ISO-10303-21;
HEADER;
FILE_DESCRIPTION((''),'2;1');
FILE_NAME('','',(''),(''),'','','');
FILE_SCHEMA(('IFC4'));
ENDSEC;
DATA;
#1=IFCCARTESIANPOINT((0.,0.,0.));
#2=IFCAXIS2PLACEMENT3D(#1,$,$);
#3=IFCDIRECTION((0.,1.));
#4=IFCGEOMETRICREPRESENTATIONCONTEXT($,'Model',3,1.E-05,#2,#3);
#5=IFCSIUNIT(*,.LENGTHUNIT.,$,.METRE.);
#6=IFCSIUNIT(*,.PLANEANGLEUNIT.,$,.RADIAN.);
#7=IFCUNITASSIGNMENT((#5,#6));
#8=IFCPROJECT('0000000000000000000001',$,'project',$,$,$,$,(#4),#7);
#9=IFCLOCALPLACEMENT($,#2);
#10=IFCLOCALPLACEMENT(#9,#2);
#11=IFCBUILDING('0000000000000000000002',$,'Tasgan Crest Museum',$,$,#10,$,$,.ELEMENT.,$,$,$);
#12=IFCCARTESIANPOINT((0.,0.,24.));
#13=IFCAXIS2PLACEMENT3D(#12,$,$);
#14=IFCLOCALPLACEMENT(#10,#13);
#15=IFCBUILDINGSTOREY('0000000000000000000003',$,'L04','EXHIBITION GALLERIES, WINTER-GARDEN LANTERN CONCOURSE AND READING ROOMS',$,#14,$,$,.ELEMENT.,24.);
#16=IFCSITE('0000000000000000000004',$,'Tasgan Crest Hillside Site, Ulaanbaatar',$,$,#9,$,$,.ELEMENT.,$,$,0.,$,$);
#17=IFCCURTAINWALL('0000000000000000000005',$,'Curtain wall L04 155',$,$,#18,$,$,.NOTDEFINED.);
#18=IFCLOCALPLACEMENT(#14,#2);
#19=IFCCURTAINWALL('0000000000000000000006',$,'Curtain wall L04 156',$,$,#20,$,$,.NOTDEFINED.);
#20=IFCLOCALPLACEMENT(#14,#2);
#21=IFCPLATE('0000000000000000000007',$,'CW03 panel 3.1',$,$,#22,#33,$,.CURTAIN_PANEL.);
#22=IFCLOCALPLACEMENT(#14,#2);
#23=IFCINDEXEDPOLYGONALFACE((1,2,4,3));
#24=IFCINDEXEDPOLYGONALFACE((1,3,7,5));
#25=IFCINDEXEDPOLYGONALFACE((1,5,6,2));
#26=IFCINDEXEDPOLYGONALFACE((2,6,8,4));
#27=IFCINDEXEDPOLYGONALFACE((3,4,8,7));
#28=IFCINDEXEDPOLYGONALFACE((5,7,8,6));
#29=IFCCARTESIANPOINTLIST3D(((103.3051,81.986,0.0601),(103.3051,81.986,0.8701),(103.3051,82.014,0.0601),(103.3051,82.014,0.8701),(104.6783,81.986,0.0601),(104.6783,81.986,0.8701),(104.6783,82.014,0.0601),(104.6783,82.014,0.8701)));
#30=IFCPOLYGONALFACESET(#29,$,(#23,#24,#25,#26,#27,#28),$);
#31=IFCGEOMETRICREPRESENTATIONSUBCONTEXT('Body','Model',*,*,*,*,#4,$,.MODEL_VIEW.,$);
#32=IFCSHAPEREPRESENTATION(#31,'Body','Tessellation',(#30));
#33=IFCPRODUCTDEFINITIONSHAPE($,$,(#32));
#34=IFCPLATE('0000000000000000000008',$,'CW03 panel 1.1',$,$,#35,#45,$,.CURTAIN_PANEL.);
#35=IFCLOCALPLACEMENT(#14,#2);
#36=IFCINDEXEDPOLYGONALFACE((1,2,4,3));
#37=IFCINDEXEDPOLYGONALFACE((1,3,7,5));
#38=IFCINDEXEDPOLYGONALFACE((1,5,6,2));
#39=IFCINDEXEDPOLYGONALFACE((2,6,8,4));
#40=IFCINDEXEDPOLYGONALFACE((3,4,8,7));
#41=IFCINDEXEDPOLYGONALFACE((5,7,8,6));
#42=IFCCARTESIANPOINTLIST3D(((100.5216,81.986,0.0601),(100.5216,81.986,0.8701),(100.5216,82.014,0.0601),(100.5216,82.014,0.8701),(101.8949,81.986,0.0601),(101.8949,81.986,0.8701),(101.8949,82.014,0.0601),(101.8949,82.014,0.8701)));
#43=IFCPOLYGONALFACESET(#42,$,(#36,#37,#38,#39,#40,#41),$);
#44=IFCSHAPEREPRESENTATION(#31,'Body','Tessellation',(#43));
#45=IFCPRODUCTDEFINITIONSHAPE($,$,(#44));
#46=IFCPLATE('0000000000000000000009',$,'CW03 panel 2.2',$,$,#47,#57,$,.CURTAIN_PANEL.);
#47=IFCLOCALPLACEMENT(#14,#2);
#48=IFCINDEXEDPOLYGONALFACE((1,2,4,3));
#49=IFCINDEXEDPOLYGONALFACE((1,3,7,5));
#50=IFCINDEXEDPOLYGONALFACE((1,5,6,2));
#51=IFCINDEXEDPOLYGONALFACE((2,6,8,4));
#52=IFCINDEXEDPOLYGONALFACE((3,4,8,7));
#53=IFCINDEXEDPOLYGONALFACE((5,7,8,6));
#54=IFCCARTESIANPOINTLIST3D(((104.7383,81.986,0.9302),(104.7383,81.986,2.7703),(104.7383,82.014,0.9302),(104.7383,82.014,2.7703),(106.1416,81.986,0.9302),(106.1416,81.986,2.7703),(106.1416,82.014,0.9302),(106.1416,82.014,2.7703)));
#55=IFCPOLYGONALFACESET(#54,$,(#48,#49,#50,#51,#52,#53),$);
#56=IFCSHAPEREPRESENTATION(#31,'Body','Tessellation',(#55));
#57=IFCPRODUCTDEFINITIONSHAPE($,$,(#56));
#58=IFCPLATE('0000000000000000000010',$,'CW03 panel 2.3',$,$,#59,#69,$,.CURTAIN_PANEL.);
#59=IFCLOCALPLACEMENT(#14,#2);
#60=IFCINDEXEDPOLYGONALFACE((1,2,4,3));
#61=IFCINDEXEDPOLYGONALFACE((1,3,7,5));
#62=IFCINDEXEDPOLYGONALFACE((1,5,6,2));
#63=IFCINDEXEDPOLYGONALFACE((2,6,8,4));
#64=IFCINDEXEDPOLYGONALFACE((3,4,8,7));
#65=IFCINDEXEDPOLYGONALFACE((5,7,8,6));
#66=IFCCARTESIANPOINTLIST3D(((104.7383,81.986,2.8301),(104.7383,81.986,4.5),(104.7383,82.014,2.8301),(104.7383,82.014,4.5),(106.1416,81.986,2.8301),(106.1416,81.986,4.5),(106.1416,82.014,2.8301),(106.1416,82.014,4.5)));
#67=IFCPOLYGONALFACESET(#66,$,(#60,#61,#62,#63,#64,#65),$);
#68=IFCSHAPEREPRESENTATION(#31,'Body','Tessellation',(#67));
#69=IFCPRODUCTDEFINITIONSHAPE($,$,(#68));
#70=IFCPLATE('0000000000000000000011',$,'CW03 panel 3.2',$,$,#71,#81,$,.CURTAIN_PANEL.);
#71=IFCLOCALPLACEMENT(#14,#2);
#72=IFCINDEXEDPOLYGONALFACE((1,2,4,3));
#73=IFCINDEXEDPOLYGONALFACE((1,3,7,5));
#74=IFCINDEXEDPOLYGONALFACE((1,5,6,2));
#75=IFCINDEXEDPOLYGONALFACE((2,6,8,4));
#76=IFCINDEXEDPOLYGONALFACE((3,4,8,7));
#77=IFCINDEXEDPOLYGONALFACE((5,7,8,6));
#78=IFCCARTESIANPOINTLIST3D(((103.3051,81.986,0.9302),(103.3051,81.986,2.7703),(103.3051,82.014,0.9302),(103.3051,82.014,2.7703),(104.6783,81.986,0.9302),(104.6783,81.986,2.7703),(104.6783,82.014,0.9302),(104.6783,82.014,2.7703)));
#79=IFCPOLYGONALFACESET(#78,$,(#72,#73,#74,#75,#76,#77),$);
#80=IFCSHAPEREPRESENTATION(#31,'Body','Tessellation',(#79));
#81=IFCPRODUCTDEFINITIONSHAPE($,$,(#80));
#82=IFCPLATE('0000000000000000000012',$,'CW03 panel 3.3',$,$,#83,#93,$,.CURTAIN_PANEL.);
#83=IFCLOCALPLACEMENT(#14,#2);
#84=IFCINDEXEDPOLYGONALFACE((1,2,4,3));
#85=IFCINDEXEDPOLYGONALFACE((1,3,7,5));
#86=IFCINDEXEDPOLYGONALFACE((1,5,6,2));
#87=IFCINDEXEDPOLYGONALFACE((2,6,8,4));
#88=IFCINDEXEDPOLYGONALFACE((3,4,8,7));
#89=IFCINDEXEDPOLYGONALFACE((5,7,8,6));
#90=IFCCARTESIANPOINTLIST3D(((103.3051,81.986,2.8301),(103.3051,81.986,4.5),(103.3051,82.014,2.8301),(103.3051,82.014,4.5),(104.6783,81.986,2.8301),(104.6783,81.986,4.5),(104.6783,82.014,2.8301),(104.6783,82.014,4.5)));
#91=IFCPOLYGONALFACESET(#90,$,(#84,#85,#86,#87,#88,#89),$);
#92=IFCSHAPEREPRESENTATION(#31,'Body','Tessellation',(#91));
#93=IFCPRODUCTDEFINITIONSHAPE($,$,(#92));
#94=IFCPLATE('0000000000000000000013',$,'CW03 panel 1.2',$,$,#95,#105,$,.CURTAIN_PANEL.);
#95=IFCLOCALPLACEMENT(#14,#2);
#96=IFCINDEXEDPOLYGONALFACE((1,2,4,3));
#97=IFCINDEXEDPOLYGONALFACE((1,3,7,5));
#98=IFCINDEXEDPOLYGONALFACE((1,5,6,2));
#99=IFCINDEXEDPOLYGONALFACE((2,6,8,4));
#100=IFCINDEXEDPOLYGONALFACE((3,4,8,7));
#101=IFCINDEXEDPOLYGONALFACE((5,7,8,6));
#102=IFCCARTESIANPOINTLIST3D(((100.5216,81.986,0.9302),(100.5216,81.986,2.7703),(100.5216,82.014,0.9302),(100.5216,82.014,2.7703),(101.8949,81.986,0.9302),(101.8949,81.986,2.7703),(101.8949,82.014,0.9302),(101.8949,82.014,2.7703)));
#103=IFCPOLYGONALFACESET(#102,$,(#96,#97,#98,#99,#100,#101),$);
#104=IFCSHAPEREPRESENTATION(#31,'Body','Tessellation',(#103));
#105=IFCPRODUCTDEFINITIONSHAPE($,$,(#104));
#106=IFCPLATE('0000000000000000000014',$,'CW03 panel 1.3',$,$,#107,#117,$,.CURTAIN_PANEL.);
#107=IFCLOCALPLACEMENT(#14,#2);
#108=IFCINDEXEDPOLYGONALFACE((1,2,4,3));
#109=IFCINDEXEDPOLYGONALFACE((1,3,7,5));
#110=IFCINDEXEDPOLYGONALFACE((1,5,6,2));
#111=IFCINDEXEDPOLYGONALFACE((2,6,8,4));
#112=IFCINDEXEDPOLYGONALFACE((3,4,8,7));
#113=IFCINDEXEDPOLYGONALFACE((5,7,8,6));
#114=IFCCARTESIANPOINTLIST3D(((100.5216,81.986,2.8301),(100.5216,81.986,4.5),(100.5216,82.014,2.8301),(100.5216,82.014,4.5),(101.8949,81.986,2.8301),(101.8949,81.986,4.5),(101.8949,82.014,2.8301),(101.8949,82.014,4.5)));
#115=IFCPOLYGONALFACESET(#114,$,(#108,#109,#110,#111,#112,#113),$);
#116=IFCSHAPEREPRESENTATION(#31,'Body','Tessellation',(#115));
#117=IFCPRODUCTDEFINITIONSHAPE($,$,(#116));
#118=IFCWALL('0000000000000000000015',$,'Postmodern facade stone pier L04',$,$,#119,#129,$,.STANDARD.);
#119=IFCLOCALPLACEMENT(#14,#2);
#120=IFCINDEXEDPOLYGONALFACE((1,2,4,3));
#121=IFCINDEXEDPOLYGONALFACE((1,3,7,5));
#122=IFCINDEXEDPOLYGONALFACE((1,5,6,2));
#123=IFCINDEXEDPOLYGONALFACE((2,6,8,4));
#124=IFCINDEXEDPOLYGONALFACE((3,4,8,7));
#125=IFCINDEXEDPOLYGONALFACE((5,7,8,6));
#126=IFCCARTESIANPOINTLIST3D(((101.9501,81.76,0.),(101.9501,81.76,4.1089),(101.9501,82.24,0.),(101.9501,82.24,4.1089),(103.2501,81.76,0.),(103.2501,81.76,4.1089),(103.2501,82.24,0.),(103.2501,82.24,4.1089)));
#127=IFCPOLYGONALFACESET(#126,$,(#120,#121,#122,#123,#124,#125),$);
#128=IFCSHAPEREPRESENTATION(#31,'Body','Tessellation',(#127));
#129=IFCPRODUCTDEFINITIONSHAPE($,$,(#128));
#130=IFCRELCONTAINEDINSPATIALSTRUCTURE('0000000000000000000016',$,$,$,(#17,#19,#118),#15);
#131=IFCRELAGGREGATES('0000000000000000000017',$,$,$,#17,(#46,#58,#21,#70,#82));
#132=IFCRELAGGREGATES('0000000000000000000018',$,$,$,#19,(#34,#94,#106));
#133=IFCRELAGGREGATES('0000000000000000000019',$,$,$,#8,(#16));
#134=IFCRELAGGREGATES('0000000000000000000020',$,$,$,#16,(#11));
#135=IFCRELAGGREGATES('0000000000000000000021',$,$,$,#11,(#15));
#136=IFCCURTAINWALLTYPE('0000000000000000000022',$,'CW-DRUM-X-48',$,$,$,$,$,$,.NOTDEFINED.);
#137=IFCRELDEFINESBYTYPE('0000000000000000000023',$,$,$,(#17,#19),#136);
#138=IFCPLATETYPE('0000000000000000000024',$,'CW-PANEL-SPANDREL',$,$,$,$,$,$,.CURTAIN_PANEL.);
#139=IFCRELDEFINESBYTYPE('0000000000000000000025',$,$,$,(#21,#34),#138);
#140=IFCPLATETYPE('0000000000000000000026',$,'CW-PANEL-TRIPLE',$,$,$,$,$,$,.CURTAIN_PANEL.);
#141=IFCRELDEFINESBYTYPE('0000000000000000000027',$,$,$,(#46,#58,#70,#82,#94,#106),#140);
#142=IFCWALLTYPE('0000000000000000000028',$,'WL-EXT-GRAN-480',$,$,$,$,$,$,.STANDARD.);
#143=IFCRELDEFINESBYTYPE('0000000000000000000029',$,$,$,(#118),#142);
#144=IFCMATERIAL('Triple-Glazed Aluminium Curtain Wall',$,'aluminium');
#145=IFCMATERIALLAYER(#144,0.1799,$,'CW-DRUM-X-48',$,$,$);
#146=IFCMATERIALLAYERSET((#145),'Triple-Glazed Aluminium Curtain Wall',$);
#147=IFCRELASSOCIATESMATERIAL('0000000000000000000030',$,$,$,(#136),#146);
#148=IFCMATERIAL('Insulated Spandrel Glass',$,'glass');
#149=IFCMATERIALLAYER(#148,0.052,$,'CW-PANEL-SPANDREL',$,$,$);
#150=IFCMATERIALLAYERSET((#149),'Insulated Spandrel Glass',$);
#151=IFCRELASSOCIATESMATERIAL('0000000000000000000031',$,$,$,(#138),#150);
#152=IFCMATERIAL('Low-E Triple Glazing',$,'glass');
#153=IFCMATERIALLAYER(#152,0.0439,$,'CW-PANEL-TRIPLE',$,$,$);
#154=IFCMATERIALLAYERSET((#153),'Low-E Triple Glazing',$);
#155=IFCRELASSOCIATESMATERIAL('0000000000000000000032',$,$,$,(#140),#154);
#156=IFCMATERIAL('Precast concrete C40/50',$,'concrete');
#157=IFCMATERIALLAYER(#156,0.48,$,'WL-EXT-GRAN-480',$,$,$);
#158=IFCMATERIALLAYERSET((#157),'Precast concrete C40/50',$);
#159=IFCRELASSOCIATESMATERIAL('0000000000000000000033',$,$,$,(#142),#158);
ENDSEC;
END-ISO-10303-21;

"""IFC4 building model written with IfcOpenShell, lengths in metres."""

from ifc_helpers import new_model, si_unit, direction, frame, frame_2d, origin, origin_2d, place, context, subcontext, project, spatial, rectangle, extrude, material, layer, layer_set, type_object, element, aggregate, save


model = new_model("IFC4")

# Units and contexts
model_context = context("Model", 3, precision=1e-05, world=origin(), true_north=direction((0.0, 1.0)))
body_context = subcontext(model_context, "Body", "Model", "MODEL_VIEW")
ifc_project = project(units=[si_unit("LENGTHUNIT", "METRE"), si_unit("PLANEANGLEUNIT", "RADIAN")], contexts=[model_context])

# Site, building, storey
site_placement = place(None, origin())
site = spatial("IfcSite", under=ifc_project, at=site_placement, Name="Tasgan Crest Hillside Site, Ulaanbaatar", CompositionType="ELEMENT", RefElevation=0.0)
building_placement = place(site_placement, origin())
building = spatial("IfcBuilding", under=site, at=building_placement, Name="Tasgan Crest Museum", CompositionType="ELEMENT")
storey_placement = place(building_placement, frame((0.0, 0.0, 24.0)))
storey = spatial("IfcBuildingStorey", under=building, at=storey_placement, Name="L04", Description="EXHIBITION GALLERIES, WINTER-GARDEN LANTERN CONCOURSE AND READING ROOMS", CompositionType="ELEMENT", Elevation=24.0)

# Curtain walls
ifc_material_1 = material(Name="Triple-Glazed Aluminium Curtain Wall", Category="aluminium")
ifc_layer_1 = layer(ifc_material_1, 0.1799, Name="CW-DRUM-X-48")
ifc_layer_set_1 = layer_set([ifc_layer_1], Name="Triple-Glazed Aluminium Curtain Wall")
curtain_wall_type = type_object("IfcCurtainWallType", Name="CW-DRUM-X-48", PredefinedType="NOTDEFINED", material=ifc_layer_set_1)
curtain_wall_1_placement = place(storey_placement, origin())
curtain_wall_1 = element("IfcCurtainWall", 1, at=curtain_wall_1_placement, inside=storey, type_object=curtain_wall_type, Name="Curtain wall L04 155", PredefinedType="NOTDEFINED")
curtain_wall_2_placement = place(storey_placement, origin())
curtain_wall_2 = element("IfcCurtainWall", 2, at=curtain_wall_2_placement, inside=storey, type_object=curtain_wall_type, Name="Curtain wall L04 156", PredefinedType="NOTDEFINED")

# Plates
ifc_material_2 = material(Name="Insulated Spandrel Glass", Category="glass")
ifc_layer_2 = layer(ifc_material_2, 0.052, Name="CW-PANEL-SPANDREL")
ifc_layer_set_2 = layer_set([ifc_layer_2], Name="Insulated Spandrel Glass")
plate_type_1 = type_object("IfcPlateType", Name="CW-PANEL-SPANDREL", PredefinedType="CURTAIN_PANEL", material=ifc_layer_set_2)
plate_1_placement = place(storey_placement, frame((103.9917, 82.0, 0.0601), z_axis=(0.0, 0.0, 1.0), x_axis=(-1.0, 0.0, 0.0)))
plate_1 = element("IfcPlate", 3, at=plate_1_placement, type_object=plate_type_1, Name="CW03 panel 3.1", PredefinedType="CURTAIN_PANEL", context=body_context, shape_type="SweptSolid", body=[
    extrude(rectangle(XDim=1.3733, YDim=0.0281, at=origin_2d()), origin(), (0.0, 0.0, 1.0), 0.8101),
])
plate_2_placement = place(storey_placement, frame((101.2083, 82.0, 0.0601), z_axis=(0.0, 0.0, 1.0), x_axis=(-1.0, 0.0, 0.0)))
plate_2 = element("IfcPlate", 4, at=plate_2_placement, type_object=plate_type_1, Name="CW03 panel 1.1", PredefinedType="CURTAIN_PANEL", context=body_context, shape_type="SweptSolid", body=[
    extrude(rectangle(XDim=1.3733, YDim=0.0281, at=origin_2d()), origin(), (0.0, 0.0, 1.0), 0.8101),
])
ifc_material_3 = material(Name="Low-E Triple Glazing", Category="glass")
ifc_layer_3 = layer(ifc_material_3, 0.0439, Name="CW-PANEL-TRIPLE")
ifc_layer_set_3 = layer_set([ifc_layer_3], Name="Low-E Triple Glazing")
plate_type_2 = type_object("IfcPlateType", Name="CW-PANEL-TRIPLE", PredefinedType="CURTAIN_PANEL", material=ifc_layer_set_3)
plate_3_placement = place(storey_placement, frame((105.4399, 82.0, 0.9302), z_axis=(0.0, 0.0, 1.0), x_axis=(-1.0, 0.0, 0.0)))
plate_3 = element("IfcPlate", 5, at=plate_3_placement, type_object=plate_type_2, Name="CW03 panel 2.2", PredefinedType="CURTAIN_PANEL", context=body_context, shape_type="SweptSolid", body=[
    extrude(rectangle(XDim=1.4033, YDim=0.0281, at=origin_2d()), origin(), (0.0, 0.0, 1.0), 1.8401),
])
plate_4_placement = place(storey_placement, frame((105.4399, 82.0, 2.8301), z_axis=(0.0, 0.0, 1.0), x_axis=(-1.0, 0.0, 0.0)))
plate_4 = element("IfcPlate", 6, at=plate_4_placement, type_object=plate_type_2, Name="CW03 panel 2.3", PredefinedType="CURTAIN_PANEL", context=body_context, shape_type="SweptSolid", body=[
    extrude(rectangle(XDim=1.4033, YDim=0.0281, at=origin_2d()), origin(), (0.0, 0.0, 1.0), 1.6699),
])
plate_5_placement = place(storey_placement, frame((103.9917, 82.0, 0.9302), z_axis=(0.0, 0.0, 1.0), x_axis=(-1.0, 0.0, 0.0)))
plate_5 = element("IfcPlate", 7, at=plate_5_placement, type_object=plate_type_2, Name="CW03 panel 3.2", PredefinedType="CURTAIN_PANEL", context=body_context, shape_type="SweptSolid", body=[
    extrude(rectangle(XDim=1.3733, YDim=0.0281, at=origin_2d()), origin(), (0.0, 0.0, 1.0), 1.8401),
])
plate_6_placement = place(storey_placement, frame((103.9917, 82.0, 2.8301), z_axis=(0.0, 0.0, 1.0), x_axis=(-1.0, 0.0, 0.0)))
plate_6 = element("IfcPlate", 8, at=plate_6_placement, type_object=plate_type_2, Name="CW03 panel 3.3", PredefinedType="CURTAIN_PANEL", context=body_context, shape_type="SweptSolid", body=[
    extrude(rectangle(XDim=1.3733, YDim=0.0281, at=origin_2d()), origin(), (0.0, 0.0, 1.0), 1.6699),
])
aggregate(curtain_wall_1, [plate_3, plate_4, plate_1, plate_5, plate_6])
plate_7_placement = place(storey_placement, frame((101.2083, 82.0, 0.9302), z_axis=(0.0, 0.0, 1.0), x_axis=(-1.0, 0.0, 0.0)))
plate_7 = element("IfcPlate", 9, at=plate_7_placement, type_object=plate_type_2, Name="CW03 panel 1.2", PredefinedType="CURTAIN_PANEL", context=body_context, shape_type="SweptSolid", body=[
    extrude(rectangle(XDim=1.3733, YDim=0.0281, at=origin_2d()), origin(), (0.0, 0.0, 1.0), 1.8401),
])
plate_8_placement = place(storey_placement, frame((101.2083, 82.0, 2.8301), z_axis=(0.0, 0.0, 1.0), x_axis=(-1.0, 0.0, 0.0)))
plate_8 = element("IfcPlate", 10, at=plate_8_placement, type_object=plate_type_2, Name="CW03 panel 1.3", PredefinedType="CURTAIN_PANEL", context=body_context, shape_type="SweptSolid", body=[
    extrude(rectangle(XDim=1.3733, YDim=0.0281, at=origin_2d()), origin(), (0.0, 0.0, 1.0), 1.6699),
])
aggregate(curtain_wall_2, [plate_2, plate_7, plate_8])

# Wall
ifc_material_4 = material(Name="Precast concrete C40/50", Category="concrete")
ifc_layer_4 = layer(ifc_material_4, 0.48, Name="WL-EXT-GRAN-480")
ifc_layer_set_4 = layer_set([ifc_layer_4], Name="Precast concrete C40/50")
wall_type = type_object("IfcWallType", Name="WL-EXT-GRAN-480", PredefinedType="STANDARD", material=ifc_layer_set_4)
wall_placement = place(storey_placement, frame((103.25, 82.0, 0.0), z_axis=(0.0, 0.0, 1.0), x_axis=(-1.0, 0.0, 0.0)))
element("IfcWall", 11, at=wall_placement, inside=storey, type_object=wall_type, Name="Postmodern facade stone pier L04", PredefinedType="STANDARD", context=body_context, shape_type="SweptSolid", body=[
    extrude(rectangle(XDim=1.3, YDim=0.48, at=frame_2d((0.6499, 0.0))), origin(), (0.0, 0.0, 1.0), 4.1089),
])

save(model, "model.ifc")
